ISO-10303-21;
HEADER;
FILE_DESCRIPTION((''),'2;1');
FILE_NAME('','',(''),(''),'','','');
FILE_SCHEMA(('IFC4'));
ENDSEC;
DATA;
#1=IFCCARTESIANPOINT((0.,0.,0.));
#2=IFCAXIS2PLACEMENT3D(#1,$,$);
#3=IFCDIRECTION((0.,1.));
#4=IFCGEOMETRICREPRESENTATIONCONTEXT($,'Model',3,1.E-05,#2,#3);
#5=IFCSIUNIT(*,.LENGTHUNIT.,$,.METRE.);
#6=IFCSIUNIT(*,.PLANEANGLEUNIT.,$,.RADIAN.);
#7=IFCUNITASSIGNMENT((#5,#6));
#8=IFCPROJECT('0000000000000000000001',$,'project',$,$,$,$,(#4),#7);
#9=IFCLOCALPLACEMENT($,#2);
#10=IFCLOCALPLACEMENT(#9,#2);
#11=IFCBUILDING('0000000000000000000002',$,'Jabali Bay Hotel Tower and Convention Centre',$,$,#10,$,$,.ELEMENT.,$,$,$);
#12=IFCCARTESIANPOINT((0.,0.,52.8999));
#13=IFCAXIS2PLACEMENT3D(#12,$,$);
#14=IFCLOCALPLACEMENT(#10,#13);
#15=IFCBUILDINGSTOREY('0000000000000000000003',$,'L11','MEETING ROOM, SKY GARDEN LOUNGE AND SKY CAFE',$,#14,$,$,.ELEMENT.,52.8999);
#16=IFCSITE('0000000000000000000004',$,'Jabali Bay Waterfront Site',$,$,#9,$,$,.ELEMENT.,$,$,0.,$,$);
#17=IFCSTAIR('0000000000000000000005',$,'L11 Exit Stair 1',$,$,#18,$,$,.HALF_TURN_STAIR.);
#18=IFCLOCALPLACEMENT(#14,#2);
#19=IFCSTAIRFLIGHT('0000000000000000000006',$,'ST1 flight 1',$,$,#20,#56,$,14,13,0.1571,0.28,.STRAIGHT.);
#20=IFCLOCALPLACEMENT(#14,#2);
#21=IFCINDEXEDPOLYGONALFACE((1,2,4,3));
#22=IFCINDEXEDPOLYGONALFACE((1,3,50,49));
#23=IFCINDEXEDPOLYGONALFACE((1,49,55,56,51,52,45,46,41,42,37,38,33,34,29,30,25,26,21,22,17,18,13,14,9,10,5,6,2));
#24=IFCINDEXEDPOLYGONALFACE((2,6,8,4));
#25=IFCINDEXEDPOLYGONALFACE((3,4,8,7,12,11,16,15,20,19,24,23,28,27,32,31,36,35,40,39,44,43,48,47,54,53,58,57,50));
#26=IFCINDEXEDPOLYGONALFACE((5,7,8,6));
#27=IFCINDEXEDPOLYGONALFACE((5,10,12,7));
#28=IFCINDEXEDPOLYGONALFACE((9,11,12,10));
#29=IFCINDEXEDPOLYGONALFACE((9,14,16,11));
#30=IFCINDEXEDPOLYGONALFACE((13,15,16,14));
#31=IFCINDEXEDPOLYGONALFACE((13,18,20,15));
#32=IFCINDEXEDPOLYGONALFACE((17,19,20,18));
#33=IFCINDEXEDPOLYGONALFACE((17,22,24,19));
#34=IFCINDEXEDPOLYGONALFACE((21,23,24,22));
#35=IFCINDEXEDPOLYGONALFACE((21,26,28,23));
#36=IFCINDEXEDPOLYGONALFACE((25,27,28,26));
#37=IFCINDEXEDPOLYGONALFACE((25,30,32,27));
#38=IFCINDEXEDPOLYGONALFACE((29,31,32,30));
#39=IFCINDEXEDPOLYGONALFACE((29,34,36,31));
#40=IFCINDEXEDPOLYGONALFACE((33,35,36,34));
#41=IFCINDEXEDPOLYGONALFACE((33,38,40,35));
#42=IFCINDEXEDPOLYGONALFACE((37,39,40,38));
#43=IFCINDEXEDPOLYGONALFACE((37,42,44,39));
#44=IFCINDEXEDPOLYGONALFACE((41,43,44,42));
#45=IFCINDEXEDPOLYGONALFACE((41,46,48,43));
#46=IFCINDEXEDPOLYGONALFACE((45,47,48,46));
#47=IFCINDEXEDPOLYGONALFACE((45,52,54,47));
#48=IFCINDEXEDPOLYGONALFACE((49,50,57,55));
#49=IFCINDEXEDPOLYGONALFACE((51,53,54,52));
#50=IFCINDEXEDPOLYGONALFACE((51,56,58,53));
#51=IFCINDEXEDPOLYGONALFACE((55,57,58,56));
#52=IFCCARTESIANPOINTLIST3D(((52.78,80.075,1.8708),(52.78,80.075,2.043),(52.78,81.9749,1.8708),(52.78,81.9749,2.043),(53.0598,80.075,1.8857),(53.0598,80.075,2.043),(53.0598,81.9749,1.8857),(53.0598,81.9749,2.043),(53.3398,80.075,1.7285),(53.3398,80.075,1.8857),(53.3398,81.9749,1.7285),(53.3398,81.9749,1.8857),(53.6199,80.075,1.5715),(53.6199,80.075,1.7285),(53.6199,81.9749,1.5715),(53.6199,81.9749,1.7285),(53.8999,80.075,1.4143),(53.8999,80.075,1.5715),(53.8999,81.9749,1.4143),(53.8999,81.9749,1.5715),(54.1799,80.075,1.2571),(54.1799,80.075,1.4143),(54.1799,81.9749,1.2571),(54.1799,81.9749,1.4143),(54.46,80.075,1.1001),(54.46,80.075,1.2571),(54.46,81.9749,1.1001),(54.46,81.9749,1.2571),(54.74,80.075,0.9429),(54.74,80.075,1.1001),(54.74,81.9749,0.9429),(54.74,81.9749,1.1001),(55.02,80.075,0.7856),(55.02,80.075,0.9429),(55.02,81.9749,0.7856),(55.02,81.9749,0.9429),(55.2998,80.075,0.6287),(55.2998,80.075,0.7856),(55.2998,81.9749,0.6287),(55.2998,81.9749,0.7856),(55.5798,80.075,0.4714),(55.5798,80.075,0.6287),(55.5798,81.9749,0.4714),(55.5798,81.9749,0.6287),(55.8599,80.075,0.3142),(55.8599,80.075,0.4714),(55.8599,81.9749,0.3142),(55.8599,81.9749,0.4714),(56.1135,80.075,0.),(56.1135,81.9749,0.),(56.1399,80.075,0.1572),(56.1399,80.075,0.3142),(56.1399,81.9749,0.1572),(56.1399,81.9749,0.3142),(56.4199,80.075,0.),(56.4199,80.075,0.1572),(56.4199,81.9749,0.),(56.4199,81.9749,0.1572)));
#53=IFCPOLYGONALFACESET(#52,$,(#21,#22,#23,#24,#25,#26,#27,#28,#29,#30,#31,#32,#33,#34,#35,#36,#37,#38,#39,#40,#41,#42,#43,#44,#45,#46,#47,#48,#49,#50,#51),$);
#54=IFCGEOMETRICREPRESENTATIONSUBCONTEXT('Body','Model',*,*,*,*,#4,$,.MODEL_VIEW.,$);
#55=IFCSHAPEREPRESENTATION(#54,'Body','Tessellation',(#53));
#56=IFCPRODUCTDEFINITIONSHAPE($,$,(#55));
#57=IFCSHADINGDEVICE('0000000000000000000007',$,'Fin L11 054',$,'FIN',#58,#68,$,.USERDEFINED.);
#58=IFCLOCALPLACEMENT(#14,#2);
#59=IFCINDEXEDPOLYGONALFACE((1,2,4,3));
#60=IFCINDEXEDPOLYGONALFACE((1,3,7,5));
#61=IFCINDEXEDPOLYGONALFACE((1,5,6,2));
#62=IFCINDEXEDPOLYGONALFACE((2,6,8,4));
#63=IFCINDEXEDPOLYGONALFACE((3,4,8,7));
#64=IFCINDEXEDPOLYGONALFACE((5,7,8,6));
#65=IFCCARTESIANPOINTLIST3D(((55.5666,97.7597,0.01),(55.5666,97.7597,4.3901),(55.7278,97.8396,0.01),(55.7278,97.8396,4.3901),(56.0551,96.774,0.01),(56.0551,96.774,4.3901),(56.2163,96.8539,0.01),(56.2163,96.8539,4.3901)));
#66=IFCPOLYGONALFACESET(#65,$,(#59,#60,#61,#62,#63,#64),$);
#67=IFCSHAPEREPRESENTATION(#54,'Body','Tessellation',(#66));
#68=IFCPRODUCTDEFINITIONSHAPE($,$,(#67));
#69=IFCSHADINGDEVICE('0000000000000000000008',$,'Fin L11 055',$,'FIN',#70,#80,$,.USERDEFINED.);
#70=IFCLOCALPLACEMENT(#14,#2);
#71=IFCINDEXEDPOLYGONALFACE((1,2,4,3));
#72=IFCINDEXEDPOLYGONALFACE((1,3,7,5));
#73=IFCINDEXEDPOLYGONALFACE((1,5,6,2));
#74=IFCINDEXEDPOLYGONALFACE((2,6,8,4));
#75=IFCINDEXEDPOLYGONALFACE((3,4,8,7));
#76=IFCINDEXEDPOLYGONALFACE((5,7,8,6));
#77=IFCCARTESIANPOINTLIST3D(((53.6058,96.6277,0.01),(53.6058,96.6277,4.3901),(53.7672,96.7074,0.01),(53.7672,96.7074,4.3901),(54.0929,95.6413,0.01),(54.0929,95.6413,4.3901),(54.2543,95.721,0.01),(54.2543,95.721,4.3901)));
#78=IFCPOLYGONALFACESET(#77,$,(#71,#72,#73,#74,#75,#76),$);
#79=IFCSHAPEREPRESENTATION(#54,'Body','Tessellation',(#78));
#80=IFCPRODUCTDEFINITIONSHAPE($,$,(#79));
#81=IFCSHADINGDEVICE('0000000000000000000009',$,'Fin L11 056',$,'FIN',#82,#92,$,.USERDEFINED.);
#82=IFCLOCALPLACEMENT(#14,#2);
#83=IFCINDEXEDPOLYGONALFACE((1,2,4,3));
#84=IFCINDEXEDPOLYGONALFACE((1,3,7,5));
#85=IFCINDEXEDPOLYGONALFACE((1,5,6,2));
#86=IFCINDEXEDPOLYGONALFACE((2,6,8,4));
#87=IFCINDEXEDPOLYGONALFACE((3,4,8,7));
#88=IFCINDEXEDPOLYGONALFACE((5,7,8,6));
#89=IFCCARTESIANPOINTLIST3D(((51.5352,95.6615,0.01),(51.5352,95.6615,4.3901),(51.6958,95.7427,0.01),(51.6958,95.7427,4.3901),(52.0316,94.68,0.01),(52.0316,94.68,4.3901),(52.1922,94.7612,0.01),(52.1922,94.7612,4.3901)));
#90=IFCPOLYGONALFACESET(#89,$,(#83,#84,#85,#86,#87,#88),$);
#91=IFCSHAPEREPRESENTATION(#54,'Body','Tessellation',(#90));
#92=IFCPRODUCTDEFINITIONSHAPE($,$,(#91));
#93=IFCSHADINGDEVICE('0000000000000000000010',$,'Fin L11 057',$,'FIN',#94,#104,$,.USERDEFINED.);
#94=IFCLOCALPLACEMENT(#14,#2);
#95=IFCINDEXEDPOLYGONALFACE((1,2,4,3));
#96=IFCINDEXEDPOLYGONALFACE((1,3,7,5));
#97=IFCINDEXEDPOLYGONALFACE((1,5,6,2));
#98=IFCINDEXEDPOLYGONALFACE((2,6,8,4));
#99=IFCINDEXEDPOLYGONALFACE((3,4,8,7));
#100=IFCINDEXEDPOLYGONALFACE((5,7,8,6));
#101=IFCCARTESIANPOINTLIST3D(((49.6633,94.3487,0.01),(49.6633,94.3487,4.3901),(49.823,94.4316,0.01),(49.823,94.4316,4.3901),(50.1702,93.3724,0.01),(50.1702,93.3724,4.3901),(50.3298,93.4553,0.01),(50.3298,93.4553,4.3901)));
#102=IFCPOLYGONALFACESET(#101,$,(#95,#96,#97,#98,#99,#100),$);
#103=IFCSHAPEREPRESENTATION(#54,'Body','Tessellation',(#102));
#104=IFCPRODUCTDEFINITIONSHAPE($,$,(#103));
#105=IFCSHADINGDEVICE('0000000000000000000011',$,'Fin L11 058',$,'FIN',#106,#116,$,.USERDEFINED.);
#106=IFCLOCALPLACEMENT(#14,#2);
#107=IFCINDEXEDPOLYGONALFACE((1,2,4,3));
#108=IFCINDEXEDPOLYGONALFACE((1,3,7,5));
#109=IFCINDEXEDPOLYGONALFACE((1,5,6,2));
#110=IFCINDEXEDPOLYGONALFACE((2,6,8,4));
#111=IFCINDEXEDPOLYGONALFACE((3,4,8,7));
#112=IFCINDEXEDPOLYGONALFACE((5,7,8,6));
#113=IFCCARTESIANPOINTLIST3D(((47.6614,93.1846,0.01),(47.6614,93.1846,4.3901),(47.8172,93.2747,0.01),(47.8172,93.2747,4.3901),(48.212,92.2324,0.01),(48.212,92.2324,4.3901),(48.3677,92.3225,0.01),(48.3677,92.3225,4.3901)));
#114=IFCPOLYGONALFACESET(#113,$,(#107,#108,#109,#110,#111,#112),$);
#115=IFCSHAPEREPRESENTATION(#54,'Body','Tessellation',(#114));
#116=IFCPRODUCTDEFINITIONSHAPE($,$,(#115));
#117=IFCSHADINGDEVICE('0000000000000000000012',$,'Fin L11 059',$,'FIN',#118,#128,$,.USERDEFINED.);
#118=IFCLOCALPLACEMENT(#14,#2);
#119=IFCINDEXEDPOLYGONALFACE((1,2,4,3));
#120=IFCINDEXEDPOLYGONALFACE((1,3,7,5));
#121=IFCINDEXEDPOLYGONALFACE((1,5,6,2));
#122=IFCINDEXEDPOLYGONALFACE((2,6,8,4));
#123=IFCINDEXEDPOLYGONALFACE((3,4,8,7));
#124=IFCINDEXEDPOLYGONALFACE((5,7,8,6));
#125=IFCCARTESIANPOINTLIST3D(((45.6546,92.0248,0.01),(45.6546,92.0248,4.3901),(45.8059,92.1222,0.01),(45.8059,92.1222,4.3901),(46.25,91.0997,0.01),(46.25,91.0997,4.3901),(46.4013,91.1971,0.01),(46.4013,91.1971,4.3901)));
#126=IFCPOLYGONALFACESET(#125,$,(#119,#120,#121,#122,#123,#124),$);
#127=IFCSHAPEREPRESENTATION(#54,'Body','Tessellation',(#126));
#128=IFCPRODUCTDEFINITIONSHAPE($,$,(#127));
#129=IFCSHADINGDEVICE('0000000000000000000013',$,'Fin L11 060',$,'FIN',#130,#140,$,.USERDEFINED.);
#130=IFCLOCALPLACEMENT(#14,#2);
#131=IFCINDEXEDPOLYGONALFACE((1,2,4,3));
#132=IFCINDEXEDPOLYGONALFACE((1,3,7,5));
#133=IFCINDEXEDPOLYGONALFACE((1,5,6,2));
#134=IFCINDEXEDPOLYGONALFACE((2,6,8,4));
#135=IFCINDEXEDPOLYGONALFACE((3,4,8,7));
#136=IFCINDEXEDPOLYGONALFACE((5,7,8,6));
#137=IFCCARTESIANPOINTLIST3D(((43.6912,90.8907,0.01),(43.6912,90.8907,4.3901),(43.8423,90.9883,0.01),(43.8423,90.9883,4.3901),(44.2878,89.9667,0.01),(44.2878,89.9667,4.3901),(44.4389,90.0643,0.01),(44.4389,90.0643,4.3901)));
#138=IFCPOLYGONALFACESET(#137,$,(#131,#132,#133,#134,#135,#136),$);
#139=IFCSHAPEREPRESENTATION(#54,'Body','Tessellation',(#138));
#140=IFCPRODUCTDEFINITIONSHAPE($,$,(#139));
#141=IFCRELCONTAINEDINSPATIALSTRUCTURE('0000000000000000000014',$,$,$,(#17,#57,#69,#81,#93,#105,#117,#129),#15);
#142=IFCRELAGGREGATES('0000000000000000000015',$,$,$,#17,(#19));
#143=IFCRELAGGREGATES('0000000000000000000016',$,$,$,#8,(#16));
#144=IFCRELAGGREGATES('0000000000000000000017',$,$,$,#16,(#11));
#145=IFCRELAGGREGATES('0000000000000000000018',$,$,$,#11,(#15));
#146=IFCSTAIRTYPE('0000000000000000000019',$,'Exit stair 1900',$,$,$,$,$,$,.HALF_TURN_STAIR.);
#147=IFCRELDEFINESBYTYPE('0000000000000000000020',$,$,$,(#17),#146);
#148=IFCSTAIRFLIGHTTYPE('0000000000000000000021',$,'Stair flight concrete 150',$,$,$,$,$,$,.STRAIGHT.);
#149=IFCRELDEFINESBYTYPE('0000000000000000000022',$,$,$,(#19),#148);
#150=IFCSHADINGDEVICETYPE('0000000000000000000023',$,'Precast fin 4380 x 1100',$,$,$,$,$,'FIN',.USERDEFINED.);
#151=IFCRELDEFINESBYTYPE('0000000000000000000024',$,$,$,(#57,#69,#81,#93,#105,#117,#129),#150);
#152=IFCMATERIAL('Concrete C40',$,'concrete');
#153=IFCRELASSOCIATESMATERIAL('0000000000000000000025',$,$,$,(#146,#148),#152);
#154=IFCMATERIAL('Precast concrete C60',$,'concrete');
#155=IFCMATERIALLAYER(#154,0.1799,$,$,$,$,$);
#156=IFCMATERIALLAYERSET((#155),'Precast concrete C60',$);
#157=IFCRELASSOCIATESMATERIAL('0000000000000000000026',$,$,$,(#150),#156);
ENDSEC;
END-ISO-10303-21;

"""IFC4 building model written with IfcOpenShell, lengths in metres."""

from ifc_helpers import new_model, si_unit, direction, frame, frame_2d, origin, place, context, subcontext, project, spatial, polyline, rectangle, outline, extrude, material, layer, layer_set, type_object, element, aggregate, save


model = new_model("IFC4")

# Units and contexts
model_context = context("Model", 3, precision=1e-05, world=origin(), true_north=direction((0.0, 1.0)))
body_context = subcontext(model_context, "Body", "Model", "MODEL_VIEW")
ifc_project = project(units=[si_unit("LENGTHUNIT", "METRE"), si_unit("PLANEANGLEUNIT", "RADIAN")], contexts=[model_context])

# Site, building, storey
site_placement = place(None, origin())
site = spatial("IfcSite", under=ifc_project, at=site_placement, Name="Jabali Bay Waterfront Site", CompositionType="ELEMENT", RefElevation=0.0)
building_placement = place(site_placement, origin())
building = spatial("IfcBuilding", under=site, at=building_placement, Name="Jabali Bay Hotel Tower and Convention Centre", CompositionType="ELEMENT")
storey_placement = place(building_placement, frame((0.0, 0.0, 52.8999)))
storey = spatial("IfcBuildingStorey", under=building, at=storey_placement, Name="L11", Description="MEETING ROOM, SKY GARDEN LOUNGE AND SKY CAFE", CompositionType="ELEMENT", Elevation=52.8999)

# Shared definitions
ifc_material_1 = material(Name="Concrete C40", Category="concrete")

# Stair, stair flight
stair_type = type_object("IfcStairType", Name="Exit stair 1900", PredefinedType="HALF_TURN_STAIR", material=ifc_material_1)
stair_placement = place(storey_placement, origin())
stair = element("IfcStair", 1, at=stair_placement, inside=storey, type_object=stair_type, Name="L11 Exit Stair 1", PredefinedType="HALF_TURN_STAIR")
stair_flight_type = type_object("IfcStairFlightType", Name="Stair flight concrete 150", PredefinedType="STRAIGHT", material=ifc_material_1)
stair_flight_placement = place(storey_placement, frame((56.4199, 81.0249, 0.0), z_axis=(0.0, 0.0, 1.0), x_axis=(-1.0, 0.0, 0.0)))
stair_flight = element("IfcStairFlight", 2, at=stair_flight_placement, type_object=stair_flight_type, Name="ST1 flight 1", NumberOfRisers=14, NumberOfTreads=13, PredefinedType="STRAIGHT", RiserHeight=0.1571, TreadLength=0.28, context=body_context, shape_type="SweptSolid", body=[
    extrude(outline(polyline([(0.0, 0.0), (0.0, 0.1572), (0.28, 0.1572), (0.28, 0.3142), (0.5601, 0.3142), (0.5601, 0.4714), (0.8401, 0.4714), (0.8401, 0.6287), (1.1201, 0.6287), (1.1201, 0.7856), (1.3999, 0.7856), (1.3999, 0.9429), (1.6799, 0.9429), (1.6799, 1.1001), (1.96, 1.1001), (1.96, 1.2571), (2.24, 1.2571), (2.24, 1.4143), (2.52, 1.4143), (2.52, 1.5715), (2.8, 1.5715), (2.8, 1.7285), (3.0801, 1.7285), (3.0801, 1.8857), (3.3601, 1.8857), (3.3601, 2.043), (3.6399, 2.043), (3.6399, 2.2), (3.6399, 1.8708), (0.3064, 0.0), (0.0, 0.0)])), frame((0.0, 0.95, 0.0), z_axis=(0.0, -1.0, 0.0), x_axis=(1.0, 0.0, 0.0)), (0.0, 0.0, 1.0), 1.8999),
])
aggregate(stair, [stair_flight])

# Shading devices
ifc_material_2 = material(Name="Precast concrete C60", Category="concrete")
ifc_layer_1 = layer(ifc_material_2, 0.1799)
ifc_layer_set_1 = layer_set([ifc_layer_1], Name="Precast concrete C60")
shading_device_type = type_object("IfcShadingDeviceType", Name="Precast fin 4380 x 1100", ElementType="FIN", PredefinedType="USERDEFINED", material=ifc_layer_set_1)
for number, where, z_axis, x_axis, name in (
    (3, (56.1357, 96.814, 0.01), (0.0, 0.0, 1.0), (-0.444104, 0.895975, 0.0), "Fin L11 054"),
    (4, (54.1736, 95.6812, 0.01), (0.0, 0.0, 1.0), (-0.442769, 0.896636, 0.0), "Fin L11 055"),
):
    element("IfcShadingDevice", number, at=place(storey_placement, frame(where, z_axis=z_axis, x_axis=x_axis)), inside=storey, type_object=shading_device_type, Name=name, ObjectType="FIN", PredefinedType="USERDEFINED", context=body_context, shape_type="SweptSolid", body=[
        extrude(rectangle(XDim=1.1001, YDim=0.1799, at=frame_2d((0.55, 0.0))), origin(), (0.0, 0.0, 1.0), 4.3801),
    ])
shading_device_1_placement = place(storey_placement, frame((52.1118, 94.7207, 0.01), z_axis=(0.0, 0.0, 1.0), x_axis=(-0.451293, 0.892376, 0.0)))
element("IfcShadingDevice", 5, at=shading_device_1_placement, inside=storey, type_object=shading_device_type, Name="Fin L11 056", ObjectType="FIN", PredefinedType="USERDEFINED", context=body_context, shape_type="SweptSolid", body=[
    extrude(rectangle(XDim=1.0999, YDim=0.1799, at=frame_2d((0.5498, 0.0))), origin(), (0.0, 0.0, 1.0), 4.3801),
])
shading_device_2_placement = place(storey_placement, frame((50.25, 93.4138, 0.01), z_axis=(0.0, 0.0, 1.0), x_axis=(-0.460745, 0.887533, 0.0)))
element("IfcShadingDevice", 6, at=shading_device_2_placement, inside=storey, type_object=shading_device_type, Name="Fin L11 057", ObjectType="FIN", PredefinedType="USERDEFINED", context=body_context, shape_type="SweptSolid", body=[
    extrude(rectangle(XDim=1.1001, YDim=0.1799, at=frame_2d((0.55, 0.0))), origin(), (0.0, 0.0, 1.0), 4.3801),
])
shading_device_3_placement = place(storey_placement, frame((48.2898, 92.2776, 0.01), z_axis=(0.0, 0.0, 1.0), x_axis=(-0.500555, 0.865705, 0.0)))
element("IfcShadingDevice", 7, at=shading_device_3_placement, inside=storey, type_object=shading_device_type, Name="Fin L11 058", ObjectType="FIN", PredefinedType="USERDEFINED", context=body_context, shape_type="SweptSolid", body=[
    extrude(rectangle(XDim=1.0999, YDim=0.1799, at=frame_2d((0.5498, 0.0))), origin(), (0.0, 0.0, 1.0), 4.3801),
])
shading_device_4_placement = place(storey_placement, frame((46.3257, 91.1484, 0.01), z_axis=(0.0, 0.0, 1.0), x_axis=(-0.541262, 0.840854, 0.0)))
element("IfcShadingDevice", 8, at=shading_device_4_placement, inside=storey, type_object=shading_device_type, Name="Fin L11 059", ObjectType="FIN", PredefinedType="USERDEFINED", context=body_context, shape_type="SweptSolid", body=[
    extrude(rectangle(XDim=1.1001, YDim=0.1799, at=frame_2d((0.55, 0.0))), origin(), (0.0, 0.0, 1.0), 4.3801),
])
shading_device_5_placement = place(storey_placement, frame((44.3633, 90.0156, 0.01), z_axis=(0.0, 0.0, 1.0), x_axis=(-0.54245, 0.840088, 0.0)))
element("IfcShadingDevice", 9, at=shading_device_5_placement, inside=storey, type_object=shading_device_type, Name="Fin L11 060", ObjectType="FIN", PredefinedType="USERDEFINED", context=body_context, shape_type="SweptSolid", body=[
    extrude(rectangle(XDim=1.0999, YDim=0.1799, at=frame_2d((0.5498, 0.0))), origin(), (0.0, 0.0, 1.0), 4.3801),
])

save(model, "model.ifc")
